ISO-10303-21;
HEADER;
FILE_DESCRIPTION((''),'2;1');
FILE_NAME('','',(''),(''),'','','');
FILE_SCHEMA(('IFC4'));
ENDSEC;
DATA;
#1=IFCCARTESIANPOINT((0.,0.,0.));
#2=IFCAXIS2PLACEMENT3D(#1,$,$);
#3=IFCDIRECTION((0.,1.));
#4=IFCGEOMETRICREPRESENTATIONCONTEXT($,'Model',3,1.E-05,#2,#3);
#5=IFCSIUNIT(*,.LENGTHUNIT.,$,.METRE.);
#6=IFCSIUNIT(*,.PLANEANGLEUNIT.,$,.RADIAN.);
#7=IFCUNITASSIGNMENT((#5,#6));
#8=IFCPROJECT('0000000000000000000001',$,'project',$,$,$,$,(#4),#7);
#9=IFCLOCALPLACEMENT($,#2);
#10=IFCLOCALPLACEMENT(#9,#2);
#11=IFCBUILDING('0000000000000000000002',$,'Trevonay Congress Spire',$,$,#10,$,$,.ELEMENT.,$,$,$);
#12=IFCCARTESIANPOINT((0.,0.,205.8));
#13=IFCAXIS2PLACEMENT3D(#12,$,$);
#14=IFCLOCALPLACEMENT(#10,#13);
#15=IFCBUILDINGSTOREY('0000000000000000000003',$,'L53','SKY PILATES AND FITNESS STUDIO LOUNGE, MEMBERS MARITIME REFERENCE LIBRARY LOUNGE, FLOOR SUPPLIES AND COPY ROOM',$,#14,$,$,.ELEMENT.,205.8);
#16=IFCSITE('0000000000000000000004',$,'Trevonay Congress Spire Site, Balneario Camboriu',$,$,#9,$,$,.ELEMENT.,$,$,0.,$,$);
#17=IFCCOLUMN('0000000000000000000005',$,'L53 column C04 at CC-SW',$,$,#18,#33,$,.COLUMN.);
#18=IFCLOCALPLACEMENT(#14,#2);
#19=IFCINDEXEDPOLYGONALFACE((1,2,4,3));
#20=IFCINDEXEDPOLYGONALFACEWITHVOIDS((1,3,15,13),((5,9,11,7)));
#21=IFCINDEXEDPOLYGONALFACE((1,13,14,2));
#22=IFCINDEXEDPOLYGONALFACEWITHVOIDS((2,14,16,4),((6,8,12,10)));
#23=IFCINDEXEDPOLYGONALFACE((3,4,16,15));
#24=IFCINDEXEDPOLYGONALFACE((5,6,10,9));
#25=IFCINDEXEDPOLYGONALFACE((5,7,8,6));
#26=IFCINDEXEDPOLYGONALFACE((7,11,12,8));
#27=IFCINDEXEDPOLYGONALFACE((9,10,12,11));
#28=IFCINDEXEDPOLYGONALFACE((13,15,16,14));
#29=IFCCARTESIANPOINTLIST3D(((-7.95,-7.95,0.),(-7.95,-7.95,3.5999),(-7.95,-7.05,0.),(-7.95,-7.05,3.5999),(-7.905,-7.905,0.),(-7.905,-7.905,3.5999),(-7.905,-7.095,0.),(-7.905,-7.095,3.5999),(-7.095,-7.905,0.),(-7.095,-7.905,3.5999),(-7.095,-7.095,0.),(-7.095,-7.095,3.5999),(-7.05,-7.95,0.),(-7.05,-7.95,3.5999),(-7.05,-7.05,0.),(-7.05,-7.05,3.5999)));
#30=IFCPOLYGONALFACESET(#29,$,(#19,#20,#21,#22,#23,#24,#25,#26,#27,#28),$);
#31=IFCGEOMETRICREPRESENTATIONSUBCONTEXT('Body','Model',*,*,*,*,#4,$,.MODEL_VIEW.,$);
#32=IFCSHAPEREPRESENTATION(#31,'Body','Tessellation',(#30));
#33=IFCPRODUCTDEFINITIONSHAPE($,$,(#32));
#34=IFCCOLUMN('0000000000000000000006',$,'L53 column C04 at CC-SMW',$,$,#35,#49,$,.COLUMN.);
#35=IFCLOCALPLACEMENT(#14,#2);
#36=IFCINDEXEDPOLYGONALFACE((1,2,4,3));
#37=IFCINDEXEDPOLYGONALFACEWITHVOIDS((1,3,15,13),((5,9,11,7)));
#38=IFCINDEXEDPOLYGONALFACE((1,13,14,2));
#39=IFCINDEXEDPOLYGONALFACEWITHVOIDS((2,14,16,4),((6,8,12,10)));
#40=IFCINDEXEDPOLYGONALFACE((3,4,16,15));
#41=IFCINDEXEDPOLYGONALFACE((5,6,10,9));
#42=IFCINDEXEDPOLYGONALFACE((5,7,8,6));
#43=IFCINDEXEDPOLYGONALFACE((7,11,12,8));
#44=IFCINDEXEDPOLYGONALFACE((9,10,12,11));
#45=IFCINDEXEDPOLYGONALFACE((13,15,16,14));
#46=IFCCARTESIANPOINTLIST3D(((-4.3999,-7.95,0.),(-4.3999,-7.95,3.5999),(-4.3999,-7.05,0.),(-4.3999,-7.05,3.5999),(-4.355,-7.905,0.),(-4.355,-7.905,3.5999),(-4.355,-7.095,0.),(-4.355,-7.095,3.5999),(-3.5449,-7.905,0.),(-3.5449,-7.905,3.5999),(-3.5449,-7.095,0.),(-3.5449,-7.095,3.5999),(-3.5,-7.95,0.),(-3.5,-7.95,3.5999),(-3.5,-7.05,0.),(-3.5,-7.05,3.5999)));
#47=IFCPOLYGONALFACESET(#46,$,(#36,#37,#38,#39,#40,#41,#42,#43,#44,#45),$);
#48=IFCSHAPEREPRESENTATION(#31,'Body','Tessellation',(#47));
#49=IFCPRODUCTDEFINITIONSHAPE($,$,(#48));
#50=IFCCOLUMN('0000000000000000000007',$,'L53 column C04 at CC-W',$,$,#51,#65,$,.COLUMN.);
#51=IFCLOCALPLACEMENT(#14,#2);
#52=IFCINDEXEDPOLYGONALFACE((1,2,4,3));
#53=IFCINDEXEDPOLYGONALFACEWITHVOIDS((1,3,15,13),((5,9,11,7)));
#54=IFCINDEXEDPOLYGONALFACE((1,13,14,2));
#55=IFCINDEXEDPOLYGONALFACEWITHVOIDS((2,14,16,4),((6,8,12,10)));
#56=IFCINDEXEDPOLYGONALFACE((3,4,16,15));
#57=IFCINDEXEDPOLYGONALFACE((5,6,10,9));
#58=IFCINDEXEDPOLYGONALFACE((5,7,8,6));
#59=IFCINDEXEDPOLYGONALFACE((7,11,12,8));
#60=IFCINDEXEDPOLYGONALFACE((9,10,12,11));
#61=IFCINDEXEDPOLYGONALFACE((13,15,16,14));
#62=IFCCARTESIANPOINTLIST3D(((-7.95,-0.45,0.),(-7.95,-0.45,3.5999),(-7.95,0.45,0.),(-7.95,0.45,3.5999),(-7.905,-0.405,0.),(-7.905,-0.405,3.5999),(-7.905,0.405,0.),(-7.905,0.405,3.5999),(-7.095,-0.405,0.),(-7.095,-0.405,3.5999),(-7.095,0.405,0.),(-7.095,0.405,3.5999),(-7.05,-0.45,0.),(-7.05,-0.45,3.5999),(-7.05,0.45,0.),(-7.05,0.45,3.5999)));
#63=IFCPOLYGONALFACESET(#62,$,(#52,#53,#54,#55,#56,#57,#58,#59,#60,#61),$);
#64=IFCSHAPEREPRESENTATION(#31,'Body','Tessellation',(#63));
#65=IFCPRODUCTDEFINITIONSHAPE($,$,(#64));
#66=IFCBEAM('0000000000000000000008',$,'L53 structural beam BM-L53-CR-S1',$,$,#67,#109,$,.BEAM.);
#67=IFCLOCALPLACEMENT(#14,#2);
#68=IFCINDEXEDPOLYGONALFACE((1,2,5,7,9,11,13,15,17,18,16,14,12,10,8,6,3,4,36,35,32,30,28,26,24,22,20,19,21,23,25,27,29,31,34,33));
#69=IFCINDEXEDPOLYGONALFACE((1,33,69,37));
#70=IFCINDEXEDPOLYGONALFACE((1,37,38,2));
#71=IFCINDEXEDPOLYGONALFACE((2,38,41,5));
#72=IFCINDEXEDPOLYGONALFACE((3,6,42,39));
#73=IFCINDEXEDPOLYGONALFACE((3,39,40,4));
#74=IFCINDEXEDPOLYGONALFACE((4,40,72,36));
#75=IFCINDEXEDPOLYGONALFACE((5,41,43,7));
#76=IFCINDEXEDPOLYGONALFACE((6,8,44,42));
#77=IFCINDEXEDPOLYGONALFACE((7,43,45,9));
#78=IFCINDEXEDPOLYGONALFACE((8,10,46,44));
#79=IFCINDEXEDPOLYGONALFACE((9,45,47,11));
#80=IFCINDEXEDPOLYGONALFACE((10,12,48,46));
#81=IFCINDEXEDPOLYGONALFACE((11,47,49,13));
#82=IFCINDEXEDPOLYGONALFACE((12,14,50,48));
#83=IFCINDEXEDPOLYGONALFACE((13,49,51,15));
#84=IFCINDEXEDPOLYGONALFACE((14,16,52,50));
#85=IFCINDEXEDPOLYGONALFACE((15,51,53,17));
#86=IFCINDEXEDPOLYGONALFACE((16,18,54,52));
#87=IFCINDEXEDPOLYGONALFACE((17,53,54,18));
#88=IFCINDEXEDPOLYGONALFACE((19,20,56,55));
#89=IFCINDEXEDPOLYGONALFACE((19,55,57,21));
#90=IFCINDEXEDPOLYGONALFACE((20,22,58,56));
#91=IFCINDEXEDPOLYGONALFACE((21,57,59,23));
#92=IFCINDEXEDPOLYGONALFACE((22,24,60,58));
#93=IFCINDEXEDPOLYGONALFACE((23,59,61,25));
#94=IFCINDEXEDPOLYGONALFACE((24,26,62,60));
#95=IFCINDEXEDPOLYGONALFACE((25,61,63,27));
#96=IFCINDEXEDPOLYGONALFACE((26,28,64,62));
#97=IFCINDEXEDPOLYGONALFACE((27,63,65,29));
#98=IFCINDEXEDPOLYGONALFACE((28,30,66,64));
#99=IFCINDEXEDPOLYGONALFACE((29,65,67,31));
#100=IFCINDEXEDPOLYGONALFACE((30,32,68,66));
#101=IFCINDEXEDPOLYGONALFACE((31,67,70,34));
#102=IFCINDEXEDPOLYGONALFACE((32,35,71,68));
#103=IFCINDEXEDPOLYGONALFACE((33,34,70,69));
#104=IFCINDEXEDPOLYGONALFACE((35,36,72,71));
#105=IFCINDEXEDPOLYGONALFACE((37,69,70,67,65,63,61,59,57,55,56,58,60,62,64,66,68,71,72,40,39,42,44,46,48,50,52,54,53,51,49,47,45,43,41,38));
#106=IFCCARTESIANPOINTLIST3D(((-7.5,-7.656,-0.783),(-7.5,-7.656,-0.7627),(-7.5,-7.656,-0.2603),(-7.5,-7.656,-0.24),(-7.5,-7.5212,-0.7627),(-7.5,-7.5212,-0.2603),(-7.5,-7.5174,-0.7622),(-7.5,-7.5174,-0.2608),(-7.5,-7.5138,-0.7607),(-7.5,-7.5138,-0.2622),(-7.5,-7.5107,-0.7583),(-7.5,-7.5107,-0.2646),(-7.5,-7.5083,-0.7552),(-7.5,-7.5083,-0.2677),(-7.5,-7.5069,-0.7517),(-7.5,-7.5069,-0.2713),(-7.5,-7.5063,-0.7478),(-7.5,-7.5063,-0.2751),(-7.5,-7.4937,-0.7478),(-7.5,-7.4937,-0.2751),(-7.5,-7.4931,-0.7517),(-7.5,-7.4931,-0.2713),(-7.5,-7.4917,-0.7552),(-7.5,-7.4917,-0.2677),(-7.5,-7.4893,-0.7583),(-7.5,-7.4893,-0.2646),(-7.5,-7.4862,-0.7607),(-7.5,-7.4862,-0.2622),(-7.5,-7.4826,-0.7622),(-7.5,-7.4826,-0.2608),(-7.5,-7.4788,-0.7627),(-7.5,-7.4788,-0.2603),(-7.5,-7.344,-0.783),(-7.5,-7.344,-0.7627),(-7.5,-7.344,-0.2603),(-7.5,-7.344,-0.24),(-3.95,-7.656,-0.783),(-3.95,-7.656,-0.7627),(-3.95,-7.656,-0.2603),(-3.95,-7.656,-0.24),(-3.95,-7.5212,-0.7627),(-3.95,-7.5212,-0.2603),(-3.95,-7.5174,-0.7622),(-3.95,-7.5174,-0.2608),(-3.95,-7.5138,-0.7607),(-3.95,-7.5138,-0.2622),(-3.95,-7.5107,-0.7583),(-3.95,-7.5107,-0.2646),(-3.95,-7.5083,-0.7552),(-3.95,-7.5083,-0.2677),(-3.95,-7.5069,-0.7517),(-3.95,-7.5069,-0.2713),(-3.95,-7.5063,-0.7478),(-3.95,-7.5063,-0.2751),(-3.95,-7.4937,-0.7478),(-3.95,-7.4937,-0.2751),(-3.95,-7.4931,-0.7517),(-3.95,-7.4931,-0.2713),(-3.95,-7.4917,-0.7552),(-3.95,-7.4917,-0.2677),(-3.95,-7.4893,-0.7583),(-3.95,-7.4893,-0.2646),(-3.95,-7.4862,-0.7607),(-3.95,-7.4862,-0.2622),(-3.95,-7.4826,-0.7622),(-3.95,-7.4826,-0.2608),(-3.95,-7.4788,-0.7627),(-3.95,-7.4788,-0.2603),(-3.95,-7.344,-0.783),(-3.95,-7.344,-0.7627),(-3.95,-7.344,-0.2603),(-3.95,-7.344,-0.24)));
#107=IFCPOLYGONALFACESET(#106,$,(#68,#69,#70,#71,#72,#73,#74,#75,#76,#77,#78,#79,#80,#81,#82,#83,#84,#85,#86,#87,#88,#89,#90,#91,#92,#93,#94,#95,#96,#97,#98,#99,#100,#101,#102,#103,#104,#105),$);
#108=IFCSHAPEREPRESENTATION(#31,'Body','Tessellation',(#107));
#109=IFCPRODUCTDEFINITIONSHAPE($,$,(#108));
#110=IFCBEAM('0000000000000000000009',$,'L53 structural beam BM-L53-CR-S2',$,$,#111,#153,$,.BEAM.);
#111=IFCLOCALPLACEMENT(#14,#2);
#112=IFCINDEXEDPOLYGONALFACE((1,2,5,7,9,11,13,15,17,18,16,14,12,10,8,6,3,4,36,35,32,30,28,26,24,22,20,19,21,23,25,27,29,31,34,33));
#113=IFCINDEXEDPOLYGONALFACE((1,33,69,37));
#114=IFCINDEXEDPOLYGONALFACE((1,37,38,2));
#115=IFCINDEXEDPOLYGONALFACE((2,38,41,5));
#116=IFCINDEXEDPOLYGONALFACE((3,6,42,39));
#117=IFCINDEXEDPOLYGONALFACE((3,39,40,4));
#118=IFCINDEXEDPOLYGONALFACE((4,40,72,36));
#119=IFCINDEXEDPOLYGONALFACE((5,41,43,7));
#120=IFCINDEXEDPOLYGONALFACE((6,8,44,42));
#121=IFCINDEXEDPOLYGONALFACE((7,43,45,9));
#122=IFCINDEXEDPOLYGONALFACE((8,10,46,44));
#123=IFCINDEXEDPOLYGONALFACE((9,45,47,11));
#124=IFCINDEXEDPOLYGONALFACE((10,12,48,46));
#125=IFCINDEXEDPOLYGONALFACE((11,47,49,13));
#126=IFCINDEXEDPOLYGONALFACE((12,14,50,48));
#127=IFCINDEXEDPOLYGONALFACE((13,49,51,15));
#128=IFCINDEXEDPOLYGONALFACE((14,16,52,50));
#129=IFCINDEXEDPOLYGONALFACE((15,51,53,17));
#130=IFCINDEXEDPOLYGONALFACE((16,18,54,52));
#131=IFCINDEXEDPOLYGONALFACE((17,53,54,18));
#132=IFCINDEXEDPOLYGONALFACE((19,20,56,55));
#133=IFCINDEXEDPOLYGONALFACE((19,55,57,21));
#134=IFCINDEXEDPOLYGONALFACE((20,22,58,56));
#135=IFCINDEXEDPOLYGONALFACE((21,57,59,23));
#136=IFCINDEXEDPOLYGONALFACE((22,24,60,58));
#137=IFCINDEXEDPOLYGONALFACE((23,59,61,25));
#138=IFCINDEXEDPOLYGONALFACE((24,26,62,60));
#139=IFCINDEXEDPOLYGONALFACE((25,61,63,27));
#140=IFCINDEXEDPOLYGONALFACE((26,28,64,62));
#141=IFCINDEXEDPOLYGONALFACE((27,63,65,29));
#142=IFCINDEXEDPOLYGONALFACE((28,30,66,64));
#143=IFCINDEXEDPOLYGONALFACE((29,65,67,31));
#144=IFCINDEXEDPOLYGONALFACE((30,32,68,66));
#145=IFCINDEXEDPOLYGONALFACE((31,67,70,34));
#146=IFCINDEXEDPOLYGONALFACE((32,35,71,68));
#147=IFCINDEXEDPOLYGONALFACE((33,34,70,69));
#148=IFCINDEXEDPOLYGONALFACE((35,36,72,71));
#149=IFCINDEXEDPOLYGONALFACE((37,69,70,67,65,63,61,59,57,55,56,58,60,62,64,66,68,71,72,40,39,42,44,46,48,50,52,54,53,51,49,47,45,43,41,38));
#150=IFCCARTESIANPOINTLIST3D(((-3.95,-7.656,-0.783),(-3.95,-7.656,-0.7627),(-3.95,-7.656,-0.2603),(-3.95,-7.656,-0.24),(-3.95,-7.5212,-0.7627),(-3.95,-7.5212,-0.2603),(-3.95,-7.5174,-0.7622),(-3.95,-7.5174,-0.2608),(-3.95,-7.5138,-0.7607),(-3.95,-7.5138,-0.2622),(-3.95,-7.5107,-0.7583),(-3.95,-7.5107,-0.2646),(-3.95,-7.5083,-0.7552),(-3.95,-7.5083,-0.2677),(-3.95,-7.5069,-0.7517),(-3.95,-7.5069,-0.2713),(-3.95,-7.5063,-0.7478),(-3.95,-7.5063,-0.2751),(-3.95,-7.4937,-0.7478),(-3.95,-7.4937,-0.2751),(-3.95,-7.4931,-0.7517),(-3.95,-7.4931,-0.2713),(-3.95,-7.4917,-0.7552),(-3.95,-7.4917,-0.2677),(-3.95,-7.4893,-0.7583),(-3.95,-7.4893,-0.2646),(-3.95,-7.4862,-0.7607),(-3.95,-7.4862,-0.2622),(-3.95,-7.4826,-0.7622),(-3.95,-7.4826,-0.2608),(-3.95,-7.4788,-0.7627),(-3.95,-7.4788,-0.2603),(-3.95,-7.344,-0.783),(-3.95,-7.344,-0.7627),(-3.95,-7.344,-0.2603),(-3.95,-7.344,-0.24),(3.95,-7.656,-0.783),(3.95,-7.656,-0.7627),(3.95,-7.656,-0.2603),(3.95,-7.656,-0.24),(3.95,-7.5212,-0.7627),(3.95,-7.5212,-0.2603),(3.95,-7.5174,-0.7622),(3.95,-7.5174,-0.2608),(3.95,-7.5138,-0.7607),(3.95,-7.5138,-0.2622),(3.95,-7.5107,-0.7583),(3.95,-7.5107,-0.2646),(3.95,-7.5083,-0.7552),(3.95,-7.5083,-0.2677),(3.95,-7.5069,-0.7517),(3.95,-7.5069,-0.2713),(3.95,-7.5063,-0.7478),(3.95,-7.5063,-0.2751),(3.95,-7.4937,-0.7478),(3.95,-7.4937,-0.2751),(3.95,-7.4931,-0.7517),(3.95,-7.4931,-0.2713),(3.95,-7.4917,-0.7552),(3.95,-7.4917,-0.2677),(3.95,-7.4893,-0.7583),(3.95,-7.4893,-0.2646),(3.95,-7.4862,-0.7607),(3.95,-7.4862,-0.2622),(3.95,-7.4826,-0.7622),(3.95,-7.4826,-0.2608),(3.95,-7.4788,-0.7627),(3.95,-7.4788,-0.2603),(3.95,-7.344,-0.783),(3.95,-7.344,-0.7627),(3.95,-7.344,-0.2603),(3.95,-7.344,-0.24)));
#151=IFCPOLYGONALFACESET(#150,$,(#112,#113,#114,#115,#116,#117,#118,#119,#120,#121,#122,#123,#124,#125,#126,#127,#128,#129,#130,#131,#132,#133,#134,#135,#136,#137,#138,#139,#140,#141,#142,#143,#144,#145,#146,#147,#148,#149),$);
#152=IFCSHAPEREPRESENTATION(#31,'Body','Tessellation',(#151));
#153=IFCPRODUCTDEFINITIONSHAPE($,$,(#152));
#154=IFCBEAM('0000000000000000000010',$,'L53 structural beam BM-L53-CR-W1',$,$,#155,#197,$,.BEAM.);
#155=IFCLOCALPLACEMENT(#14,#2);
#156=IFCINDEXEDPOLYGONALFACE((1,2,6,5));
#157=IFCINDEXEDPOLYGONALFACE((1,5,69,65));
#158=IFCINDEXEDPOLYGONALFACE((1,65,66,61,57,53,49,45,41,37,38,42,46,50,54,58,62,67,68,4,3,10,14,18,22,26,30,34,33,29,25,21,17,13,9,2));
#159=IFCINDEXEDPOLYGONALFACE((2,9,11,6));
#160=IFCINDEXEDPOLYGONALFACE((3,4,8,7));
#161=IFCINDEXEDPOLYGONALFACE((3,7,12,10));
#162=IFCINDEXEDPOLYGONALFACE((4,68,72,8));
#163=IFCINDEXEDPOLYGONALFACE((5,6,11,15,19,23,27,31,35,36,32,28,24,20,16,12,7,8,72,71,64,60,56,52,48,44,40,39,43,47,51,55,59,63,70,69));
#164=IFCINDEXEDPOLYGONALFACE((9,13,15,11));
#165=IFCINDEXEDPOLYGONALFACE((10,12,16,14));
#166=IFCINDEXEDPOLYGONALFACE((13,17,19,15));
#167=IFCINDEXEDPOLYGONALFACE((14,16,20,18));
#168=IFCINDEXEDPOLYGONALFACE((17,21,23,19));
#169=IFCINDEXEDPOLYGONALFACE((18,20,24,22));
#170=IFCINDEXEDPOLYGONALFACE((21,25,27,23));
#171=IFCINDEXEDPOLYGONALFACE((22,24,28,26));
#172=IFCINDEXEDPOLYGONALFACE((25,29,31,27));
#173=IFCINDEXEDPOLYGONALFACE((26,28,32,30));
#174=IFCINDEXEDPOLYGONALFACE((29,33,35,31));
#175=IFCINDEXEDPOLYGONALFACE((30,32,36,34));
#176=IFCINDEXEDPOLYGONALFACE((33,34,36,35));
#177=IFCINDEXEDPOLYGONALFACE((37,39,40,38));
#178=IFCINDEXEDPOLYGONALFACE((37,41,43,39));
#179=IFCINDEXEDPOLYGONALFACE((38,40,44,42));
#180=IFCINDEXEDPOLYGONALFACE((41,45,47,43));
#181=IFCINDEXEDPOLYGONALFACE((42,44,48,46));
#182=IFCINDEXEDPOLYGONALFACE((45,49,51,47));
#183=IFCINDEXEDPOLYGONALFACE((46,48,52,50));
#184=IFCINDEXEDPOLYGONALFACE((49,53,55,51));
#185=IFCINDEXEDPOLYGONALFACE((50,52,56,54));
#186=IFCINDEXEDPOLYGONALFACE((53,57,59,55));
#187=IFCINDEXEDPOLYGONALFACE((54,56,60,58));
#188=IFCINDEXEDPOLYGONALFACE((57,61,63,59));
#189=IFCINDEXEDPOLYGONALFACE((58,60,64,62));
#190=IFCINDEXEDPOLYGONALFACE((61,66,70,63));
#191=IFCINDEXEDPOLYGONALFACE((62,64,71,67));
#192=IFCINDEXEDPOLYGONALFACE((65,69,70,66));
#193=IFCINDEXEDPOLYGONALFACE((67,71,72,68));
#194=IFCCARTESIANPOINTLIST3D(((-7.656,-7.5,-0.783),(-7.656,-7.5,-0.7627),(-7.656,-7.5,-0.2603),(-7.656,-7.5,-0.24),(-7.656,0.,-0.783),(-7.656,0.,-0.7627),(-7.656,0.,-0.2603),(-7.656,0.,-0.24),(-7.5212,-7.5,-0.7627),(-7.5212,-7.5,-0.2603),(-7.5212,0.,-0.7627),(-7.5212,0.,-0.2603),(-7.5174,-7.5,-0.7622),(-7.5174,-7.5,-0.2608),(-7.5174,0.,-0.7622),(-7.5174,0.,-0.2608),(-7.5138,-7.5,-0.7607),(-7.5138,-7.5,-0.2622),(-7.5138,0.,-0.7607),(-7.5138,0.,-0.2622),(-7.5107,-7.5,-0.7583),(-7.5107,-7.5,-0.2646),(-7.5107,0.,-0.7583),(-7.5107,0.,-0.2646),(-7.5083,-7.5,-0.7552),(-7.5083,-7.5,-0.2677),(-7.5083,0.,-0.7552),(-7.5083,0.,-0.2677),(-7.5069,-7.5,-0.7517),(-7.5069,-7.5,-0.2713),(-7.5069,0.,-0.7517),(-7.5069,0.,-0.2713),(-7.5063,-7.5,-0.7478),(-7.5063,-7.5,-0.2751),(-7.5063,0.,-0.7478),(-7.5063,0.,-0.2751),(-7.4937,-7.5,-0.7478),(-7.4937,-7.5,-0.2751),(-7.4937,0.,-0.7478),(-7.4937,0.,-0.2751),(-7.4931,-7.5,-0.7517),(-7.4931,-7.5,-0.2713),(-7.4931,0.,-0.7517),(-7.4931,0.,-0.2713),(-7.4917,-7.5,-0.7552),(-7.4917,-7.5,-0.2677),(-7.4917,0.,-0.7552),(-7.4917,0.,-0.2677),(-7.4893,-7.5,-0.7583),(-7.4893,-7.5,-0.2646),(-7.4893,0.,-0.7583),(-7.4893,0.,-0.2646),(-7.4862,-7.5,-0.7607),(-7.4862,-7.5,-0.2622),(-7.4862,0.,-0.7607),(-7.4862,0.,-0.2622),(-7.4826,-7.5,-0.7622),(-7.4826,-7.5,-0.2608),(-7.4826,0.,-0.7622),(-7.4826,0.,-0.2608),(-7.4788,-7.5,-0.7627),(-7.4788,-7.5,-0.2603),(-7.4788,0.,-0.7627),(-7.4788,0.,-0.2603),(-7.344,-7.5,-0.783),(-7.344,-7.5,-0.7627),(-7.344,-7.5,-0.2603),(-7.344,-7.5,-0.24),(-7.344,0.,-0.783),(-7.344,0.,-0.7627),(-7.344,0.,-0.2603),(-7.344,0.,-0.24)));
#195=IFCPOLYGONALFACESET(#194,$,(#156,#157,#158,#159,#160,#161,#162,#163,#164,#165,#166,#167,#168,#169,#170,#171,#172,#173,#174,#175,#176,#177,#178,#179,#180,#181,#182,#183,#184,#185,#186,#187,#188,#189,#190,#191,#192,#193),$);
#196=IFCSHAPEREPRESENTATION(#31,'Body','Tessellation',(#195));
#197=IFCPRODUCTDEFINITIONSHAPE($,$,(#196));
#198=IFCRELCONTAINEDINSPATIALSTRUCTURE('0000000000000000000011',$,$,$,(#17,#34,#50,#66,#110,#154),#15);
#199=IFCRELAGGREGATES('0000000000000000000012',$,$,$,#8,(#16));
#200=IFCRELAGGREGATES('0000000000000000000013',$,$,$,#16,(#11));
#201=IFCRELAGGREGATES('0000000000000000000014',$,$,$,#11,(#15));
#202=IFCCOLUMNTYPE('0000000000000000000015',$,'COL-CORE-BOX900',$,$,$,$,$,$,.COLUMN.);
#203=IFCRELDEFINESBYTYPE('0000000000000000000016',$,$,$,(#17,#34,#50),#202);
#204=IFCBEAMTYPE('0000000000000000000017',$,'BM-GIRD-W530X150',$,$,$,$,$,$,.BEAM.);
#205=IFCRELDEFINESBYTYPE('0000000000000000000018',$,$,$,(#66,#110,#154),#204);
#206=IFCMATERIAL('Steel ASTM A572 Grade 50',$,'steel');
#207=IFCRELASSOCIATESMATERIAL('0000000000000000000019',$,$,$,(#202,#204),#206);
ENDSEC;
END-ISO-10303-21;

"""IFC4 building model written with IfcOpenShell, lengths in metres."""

from ifc_helpers import new_model, si_unit, direction, frame, origin, origin_2d, place, context, subcontext, project, spatial, hollow_rectangle, i_section, extrude, material, material_profile, profile_set, type_object, element, save


model = new_model("IFC4")

# Units and contexts
model_context = context("Model", 3, precision=1e-05, world=origin(), true_north=direction((0.0, 1.0)))
body_context = subcontext(model_context, "Body", "Model", "MODEL_VIEW")
ifc_project = project(units=[si_unit("LENGTHUNIT", "METRE"), si_unit("PLANEANGLEUNIT", "RADIAN")], contexts=[model_context])

# Site, building, storey
site_placement = place(None, origin())
site = spatial("IfcSite", under=ifc_project, at=site_placement, Name="Trevonay Congress Spire Site, Balneario Camboriu", CompositionType="ELEMENT", RefElevation=0.0)
building_placement = place(site_placement, origin())
building = spatial("IfcBuilding", under=site, at=building_placement, Name="Trevonay Congress Spire", CompositionType="ELEMENT")
storey_placement = place(building_placement, frame((0.0, 0.0, 205.8)))
storey = spatial("IfcBuildingStorey", under=building, at=storey_placement, Name="L53", Description="SKY PILATES AND FITNESS STUDIO LOUNGE, MEMBERS MARITIME REFERENCE LIBRARY LOUNGE, FLOOR SUPPLIES AND COPY ROOM", CompositionType="ELEMENT", Elevation=205.8)

# Columns
ifc_material_1 = material(Name="Steel ASTM A572 Grade 50", Category="steel")
ifc_material_profile_1 = material_profile(ifc_material_1, hollow_rectangle(XDim=0.8999, YDim=0.8999, WallThickness=0.0449, at=origin_2d()), Name="BOX 900x900x45")
ifc_profile_set_1 = profile_set([ifc_material_profile_1], Name="Steel ASTM A572 Grade 50")
column_type = type_object("IfcColumnType", Name="COL-CORE-BOX900", PredefinedType="COLUMN", material=ifc_profile_set_1)
for number, where, z_axis, x_axis, name in (
    (1, (-7.5, -7.5, 0.0), (0.0, 0.0, 1.0), (1.0, 0.0, 0.0), "L53 column C04 at CC-SW"),
    (2, (-3.95, -7.5, 0.0), (0.0, 0.0, 1.0), (1.0, 0.0, 0.0), "L53 column C04 at CC-SMW"),
    (3, (-7.5, 0.0, 0.0), (0.0, 0.0, 1.0), (1.0, 0.0, 0.0), "L53 column C04 at CC-W"),
):
    element("IfcColumn", number, at=place(storey_placement, frame(where, z_axis=z_axis, x_axis=x_axis)), inside=storey, type_object=column_type, Name=name, PredefinedType="COLUMN", context=body_context, shape_type="SweptSolid", body=[
        extrude(hollow_rectangle(XDim=0.8999, YDim=0.8999, WallThickness=0.0449, at=origin_2d()), origin(), (0.0, 0.0, 1.0), 3.5999),
    ])

# Beams
ifc_material_profile_2 = material_profile(ifc_material_1, i_section(OverallWidth=0.312, OverallDepth=0.543, WebThickness=0.0127, FlangeThickness=0.0203, FilletRadius=0.0149, at=origin_2d()), Name="W530x150")
ifc_profile_set_2 = profile_set([ifc_material_profile_2], Name="Steel ASTM A572 Grade 50")
beam_type_1 = type_object("IfcBeamType", Name="BM-GIRD-W530X150", PredefinedType="BEAM", material=ifc_profile_set_2)
beam_1_placement = place(storey_placement, frame((-7.5, -7.5, -0.5115), z_axis=(1.0, 0.0, 0.0), x_axis=(0.0, 1.0, 0.0)))
element("IfcBeam", 4, at=beam_1_placement, inside=storey, type_object=beam_type_1, Name="L53 structural beam BM-L53-CR-S1", PredefinedType="BEAM", context=body_context, shape_type="SweptSolid", body=[
    extrude(i_section(OverallWidth=0.312, OverallDepth=0.543, WebThickness=0.0127, FlangeThickness=0.0203, FilletRadius=0.0149, at=origin_2d()), origin(), (0.0, 0.0, 1.0), 3.55),
])
beam_2_placement = place(storey_placement, frame((-3.95, -7.5, -0.5115), z_axis=(1.0, 0.0, 0.0), x_axis=(0.0, 1.0, 0.0)))
element("IfcBeam", 5, at=beam_2_placement, inside=storey, type_object=beam_type_1, Name="L53 structural beam BM-L53-CR-S2", PredefinedType="BEAM", context=body_context, shape_type="SweptSolid", body=[
    extrude(i_section(OverallWidth=0.312, OverallDepth=0.543, WebThickness=0.0127, FlangeThickness=0.0203, FilletRadius=0.0149, at=origin_2d()), origin(), (0.0, 0.0, 1.0), 7.8999),
])
for number, where, z_axis, x_axis, name in (
    (6, (-7.5, -7.5, -0.5115), (0.0, 1.0, 0.0), (-1.0, 0.0, 0.0), "L53 structural beam BM-L53-CR-W1"),
):
    element("IfcBeam", number, at=place(storey_placement, frame(where, z_axis=z_axis, x_axis=x_axis)), inside=storey, type_object=beam_type_1, Name=name, PredefinedType="BEAM", context=body_context, shape_type="SweptSolid", body=[
        extrude(i_section(OverallWidth=0.312, OverallDepth=0.543, WebThickness=0.0127, FlangeThickness=0.0203, FilletRadius=0.0149, at=origin_2d()), origin(), (0.0, 0.0, 1.0), 7.5),
    ])

save(model, "model.ifc")
